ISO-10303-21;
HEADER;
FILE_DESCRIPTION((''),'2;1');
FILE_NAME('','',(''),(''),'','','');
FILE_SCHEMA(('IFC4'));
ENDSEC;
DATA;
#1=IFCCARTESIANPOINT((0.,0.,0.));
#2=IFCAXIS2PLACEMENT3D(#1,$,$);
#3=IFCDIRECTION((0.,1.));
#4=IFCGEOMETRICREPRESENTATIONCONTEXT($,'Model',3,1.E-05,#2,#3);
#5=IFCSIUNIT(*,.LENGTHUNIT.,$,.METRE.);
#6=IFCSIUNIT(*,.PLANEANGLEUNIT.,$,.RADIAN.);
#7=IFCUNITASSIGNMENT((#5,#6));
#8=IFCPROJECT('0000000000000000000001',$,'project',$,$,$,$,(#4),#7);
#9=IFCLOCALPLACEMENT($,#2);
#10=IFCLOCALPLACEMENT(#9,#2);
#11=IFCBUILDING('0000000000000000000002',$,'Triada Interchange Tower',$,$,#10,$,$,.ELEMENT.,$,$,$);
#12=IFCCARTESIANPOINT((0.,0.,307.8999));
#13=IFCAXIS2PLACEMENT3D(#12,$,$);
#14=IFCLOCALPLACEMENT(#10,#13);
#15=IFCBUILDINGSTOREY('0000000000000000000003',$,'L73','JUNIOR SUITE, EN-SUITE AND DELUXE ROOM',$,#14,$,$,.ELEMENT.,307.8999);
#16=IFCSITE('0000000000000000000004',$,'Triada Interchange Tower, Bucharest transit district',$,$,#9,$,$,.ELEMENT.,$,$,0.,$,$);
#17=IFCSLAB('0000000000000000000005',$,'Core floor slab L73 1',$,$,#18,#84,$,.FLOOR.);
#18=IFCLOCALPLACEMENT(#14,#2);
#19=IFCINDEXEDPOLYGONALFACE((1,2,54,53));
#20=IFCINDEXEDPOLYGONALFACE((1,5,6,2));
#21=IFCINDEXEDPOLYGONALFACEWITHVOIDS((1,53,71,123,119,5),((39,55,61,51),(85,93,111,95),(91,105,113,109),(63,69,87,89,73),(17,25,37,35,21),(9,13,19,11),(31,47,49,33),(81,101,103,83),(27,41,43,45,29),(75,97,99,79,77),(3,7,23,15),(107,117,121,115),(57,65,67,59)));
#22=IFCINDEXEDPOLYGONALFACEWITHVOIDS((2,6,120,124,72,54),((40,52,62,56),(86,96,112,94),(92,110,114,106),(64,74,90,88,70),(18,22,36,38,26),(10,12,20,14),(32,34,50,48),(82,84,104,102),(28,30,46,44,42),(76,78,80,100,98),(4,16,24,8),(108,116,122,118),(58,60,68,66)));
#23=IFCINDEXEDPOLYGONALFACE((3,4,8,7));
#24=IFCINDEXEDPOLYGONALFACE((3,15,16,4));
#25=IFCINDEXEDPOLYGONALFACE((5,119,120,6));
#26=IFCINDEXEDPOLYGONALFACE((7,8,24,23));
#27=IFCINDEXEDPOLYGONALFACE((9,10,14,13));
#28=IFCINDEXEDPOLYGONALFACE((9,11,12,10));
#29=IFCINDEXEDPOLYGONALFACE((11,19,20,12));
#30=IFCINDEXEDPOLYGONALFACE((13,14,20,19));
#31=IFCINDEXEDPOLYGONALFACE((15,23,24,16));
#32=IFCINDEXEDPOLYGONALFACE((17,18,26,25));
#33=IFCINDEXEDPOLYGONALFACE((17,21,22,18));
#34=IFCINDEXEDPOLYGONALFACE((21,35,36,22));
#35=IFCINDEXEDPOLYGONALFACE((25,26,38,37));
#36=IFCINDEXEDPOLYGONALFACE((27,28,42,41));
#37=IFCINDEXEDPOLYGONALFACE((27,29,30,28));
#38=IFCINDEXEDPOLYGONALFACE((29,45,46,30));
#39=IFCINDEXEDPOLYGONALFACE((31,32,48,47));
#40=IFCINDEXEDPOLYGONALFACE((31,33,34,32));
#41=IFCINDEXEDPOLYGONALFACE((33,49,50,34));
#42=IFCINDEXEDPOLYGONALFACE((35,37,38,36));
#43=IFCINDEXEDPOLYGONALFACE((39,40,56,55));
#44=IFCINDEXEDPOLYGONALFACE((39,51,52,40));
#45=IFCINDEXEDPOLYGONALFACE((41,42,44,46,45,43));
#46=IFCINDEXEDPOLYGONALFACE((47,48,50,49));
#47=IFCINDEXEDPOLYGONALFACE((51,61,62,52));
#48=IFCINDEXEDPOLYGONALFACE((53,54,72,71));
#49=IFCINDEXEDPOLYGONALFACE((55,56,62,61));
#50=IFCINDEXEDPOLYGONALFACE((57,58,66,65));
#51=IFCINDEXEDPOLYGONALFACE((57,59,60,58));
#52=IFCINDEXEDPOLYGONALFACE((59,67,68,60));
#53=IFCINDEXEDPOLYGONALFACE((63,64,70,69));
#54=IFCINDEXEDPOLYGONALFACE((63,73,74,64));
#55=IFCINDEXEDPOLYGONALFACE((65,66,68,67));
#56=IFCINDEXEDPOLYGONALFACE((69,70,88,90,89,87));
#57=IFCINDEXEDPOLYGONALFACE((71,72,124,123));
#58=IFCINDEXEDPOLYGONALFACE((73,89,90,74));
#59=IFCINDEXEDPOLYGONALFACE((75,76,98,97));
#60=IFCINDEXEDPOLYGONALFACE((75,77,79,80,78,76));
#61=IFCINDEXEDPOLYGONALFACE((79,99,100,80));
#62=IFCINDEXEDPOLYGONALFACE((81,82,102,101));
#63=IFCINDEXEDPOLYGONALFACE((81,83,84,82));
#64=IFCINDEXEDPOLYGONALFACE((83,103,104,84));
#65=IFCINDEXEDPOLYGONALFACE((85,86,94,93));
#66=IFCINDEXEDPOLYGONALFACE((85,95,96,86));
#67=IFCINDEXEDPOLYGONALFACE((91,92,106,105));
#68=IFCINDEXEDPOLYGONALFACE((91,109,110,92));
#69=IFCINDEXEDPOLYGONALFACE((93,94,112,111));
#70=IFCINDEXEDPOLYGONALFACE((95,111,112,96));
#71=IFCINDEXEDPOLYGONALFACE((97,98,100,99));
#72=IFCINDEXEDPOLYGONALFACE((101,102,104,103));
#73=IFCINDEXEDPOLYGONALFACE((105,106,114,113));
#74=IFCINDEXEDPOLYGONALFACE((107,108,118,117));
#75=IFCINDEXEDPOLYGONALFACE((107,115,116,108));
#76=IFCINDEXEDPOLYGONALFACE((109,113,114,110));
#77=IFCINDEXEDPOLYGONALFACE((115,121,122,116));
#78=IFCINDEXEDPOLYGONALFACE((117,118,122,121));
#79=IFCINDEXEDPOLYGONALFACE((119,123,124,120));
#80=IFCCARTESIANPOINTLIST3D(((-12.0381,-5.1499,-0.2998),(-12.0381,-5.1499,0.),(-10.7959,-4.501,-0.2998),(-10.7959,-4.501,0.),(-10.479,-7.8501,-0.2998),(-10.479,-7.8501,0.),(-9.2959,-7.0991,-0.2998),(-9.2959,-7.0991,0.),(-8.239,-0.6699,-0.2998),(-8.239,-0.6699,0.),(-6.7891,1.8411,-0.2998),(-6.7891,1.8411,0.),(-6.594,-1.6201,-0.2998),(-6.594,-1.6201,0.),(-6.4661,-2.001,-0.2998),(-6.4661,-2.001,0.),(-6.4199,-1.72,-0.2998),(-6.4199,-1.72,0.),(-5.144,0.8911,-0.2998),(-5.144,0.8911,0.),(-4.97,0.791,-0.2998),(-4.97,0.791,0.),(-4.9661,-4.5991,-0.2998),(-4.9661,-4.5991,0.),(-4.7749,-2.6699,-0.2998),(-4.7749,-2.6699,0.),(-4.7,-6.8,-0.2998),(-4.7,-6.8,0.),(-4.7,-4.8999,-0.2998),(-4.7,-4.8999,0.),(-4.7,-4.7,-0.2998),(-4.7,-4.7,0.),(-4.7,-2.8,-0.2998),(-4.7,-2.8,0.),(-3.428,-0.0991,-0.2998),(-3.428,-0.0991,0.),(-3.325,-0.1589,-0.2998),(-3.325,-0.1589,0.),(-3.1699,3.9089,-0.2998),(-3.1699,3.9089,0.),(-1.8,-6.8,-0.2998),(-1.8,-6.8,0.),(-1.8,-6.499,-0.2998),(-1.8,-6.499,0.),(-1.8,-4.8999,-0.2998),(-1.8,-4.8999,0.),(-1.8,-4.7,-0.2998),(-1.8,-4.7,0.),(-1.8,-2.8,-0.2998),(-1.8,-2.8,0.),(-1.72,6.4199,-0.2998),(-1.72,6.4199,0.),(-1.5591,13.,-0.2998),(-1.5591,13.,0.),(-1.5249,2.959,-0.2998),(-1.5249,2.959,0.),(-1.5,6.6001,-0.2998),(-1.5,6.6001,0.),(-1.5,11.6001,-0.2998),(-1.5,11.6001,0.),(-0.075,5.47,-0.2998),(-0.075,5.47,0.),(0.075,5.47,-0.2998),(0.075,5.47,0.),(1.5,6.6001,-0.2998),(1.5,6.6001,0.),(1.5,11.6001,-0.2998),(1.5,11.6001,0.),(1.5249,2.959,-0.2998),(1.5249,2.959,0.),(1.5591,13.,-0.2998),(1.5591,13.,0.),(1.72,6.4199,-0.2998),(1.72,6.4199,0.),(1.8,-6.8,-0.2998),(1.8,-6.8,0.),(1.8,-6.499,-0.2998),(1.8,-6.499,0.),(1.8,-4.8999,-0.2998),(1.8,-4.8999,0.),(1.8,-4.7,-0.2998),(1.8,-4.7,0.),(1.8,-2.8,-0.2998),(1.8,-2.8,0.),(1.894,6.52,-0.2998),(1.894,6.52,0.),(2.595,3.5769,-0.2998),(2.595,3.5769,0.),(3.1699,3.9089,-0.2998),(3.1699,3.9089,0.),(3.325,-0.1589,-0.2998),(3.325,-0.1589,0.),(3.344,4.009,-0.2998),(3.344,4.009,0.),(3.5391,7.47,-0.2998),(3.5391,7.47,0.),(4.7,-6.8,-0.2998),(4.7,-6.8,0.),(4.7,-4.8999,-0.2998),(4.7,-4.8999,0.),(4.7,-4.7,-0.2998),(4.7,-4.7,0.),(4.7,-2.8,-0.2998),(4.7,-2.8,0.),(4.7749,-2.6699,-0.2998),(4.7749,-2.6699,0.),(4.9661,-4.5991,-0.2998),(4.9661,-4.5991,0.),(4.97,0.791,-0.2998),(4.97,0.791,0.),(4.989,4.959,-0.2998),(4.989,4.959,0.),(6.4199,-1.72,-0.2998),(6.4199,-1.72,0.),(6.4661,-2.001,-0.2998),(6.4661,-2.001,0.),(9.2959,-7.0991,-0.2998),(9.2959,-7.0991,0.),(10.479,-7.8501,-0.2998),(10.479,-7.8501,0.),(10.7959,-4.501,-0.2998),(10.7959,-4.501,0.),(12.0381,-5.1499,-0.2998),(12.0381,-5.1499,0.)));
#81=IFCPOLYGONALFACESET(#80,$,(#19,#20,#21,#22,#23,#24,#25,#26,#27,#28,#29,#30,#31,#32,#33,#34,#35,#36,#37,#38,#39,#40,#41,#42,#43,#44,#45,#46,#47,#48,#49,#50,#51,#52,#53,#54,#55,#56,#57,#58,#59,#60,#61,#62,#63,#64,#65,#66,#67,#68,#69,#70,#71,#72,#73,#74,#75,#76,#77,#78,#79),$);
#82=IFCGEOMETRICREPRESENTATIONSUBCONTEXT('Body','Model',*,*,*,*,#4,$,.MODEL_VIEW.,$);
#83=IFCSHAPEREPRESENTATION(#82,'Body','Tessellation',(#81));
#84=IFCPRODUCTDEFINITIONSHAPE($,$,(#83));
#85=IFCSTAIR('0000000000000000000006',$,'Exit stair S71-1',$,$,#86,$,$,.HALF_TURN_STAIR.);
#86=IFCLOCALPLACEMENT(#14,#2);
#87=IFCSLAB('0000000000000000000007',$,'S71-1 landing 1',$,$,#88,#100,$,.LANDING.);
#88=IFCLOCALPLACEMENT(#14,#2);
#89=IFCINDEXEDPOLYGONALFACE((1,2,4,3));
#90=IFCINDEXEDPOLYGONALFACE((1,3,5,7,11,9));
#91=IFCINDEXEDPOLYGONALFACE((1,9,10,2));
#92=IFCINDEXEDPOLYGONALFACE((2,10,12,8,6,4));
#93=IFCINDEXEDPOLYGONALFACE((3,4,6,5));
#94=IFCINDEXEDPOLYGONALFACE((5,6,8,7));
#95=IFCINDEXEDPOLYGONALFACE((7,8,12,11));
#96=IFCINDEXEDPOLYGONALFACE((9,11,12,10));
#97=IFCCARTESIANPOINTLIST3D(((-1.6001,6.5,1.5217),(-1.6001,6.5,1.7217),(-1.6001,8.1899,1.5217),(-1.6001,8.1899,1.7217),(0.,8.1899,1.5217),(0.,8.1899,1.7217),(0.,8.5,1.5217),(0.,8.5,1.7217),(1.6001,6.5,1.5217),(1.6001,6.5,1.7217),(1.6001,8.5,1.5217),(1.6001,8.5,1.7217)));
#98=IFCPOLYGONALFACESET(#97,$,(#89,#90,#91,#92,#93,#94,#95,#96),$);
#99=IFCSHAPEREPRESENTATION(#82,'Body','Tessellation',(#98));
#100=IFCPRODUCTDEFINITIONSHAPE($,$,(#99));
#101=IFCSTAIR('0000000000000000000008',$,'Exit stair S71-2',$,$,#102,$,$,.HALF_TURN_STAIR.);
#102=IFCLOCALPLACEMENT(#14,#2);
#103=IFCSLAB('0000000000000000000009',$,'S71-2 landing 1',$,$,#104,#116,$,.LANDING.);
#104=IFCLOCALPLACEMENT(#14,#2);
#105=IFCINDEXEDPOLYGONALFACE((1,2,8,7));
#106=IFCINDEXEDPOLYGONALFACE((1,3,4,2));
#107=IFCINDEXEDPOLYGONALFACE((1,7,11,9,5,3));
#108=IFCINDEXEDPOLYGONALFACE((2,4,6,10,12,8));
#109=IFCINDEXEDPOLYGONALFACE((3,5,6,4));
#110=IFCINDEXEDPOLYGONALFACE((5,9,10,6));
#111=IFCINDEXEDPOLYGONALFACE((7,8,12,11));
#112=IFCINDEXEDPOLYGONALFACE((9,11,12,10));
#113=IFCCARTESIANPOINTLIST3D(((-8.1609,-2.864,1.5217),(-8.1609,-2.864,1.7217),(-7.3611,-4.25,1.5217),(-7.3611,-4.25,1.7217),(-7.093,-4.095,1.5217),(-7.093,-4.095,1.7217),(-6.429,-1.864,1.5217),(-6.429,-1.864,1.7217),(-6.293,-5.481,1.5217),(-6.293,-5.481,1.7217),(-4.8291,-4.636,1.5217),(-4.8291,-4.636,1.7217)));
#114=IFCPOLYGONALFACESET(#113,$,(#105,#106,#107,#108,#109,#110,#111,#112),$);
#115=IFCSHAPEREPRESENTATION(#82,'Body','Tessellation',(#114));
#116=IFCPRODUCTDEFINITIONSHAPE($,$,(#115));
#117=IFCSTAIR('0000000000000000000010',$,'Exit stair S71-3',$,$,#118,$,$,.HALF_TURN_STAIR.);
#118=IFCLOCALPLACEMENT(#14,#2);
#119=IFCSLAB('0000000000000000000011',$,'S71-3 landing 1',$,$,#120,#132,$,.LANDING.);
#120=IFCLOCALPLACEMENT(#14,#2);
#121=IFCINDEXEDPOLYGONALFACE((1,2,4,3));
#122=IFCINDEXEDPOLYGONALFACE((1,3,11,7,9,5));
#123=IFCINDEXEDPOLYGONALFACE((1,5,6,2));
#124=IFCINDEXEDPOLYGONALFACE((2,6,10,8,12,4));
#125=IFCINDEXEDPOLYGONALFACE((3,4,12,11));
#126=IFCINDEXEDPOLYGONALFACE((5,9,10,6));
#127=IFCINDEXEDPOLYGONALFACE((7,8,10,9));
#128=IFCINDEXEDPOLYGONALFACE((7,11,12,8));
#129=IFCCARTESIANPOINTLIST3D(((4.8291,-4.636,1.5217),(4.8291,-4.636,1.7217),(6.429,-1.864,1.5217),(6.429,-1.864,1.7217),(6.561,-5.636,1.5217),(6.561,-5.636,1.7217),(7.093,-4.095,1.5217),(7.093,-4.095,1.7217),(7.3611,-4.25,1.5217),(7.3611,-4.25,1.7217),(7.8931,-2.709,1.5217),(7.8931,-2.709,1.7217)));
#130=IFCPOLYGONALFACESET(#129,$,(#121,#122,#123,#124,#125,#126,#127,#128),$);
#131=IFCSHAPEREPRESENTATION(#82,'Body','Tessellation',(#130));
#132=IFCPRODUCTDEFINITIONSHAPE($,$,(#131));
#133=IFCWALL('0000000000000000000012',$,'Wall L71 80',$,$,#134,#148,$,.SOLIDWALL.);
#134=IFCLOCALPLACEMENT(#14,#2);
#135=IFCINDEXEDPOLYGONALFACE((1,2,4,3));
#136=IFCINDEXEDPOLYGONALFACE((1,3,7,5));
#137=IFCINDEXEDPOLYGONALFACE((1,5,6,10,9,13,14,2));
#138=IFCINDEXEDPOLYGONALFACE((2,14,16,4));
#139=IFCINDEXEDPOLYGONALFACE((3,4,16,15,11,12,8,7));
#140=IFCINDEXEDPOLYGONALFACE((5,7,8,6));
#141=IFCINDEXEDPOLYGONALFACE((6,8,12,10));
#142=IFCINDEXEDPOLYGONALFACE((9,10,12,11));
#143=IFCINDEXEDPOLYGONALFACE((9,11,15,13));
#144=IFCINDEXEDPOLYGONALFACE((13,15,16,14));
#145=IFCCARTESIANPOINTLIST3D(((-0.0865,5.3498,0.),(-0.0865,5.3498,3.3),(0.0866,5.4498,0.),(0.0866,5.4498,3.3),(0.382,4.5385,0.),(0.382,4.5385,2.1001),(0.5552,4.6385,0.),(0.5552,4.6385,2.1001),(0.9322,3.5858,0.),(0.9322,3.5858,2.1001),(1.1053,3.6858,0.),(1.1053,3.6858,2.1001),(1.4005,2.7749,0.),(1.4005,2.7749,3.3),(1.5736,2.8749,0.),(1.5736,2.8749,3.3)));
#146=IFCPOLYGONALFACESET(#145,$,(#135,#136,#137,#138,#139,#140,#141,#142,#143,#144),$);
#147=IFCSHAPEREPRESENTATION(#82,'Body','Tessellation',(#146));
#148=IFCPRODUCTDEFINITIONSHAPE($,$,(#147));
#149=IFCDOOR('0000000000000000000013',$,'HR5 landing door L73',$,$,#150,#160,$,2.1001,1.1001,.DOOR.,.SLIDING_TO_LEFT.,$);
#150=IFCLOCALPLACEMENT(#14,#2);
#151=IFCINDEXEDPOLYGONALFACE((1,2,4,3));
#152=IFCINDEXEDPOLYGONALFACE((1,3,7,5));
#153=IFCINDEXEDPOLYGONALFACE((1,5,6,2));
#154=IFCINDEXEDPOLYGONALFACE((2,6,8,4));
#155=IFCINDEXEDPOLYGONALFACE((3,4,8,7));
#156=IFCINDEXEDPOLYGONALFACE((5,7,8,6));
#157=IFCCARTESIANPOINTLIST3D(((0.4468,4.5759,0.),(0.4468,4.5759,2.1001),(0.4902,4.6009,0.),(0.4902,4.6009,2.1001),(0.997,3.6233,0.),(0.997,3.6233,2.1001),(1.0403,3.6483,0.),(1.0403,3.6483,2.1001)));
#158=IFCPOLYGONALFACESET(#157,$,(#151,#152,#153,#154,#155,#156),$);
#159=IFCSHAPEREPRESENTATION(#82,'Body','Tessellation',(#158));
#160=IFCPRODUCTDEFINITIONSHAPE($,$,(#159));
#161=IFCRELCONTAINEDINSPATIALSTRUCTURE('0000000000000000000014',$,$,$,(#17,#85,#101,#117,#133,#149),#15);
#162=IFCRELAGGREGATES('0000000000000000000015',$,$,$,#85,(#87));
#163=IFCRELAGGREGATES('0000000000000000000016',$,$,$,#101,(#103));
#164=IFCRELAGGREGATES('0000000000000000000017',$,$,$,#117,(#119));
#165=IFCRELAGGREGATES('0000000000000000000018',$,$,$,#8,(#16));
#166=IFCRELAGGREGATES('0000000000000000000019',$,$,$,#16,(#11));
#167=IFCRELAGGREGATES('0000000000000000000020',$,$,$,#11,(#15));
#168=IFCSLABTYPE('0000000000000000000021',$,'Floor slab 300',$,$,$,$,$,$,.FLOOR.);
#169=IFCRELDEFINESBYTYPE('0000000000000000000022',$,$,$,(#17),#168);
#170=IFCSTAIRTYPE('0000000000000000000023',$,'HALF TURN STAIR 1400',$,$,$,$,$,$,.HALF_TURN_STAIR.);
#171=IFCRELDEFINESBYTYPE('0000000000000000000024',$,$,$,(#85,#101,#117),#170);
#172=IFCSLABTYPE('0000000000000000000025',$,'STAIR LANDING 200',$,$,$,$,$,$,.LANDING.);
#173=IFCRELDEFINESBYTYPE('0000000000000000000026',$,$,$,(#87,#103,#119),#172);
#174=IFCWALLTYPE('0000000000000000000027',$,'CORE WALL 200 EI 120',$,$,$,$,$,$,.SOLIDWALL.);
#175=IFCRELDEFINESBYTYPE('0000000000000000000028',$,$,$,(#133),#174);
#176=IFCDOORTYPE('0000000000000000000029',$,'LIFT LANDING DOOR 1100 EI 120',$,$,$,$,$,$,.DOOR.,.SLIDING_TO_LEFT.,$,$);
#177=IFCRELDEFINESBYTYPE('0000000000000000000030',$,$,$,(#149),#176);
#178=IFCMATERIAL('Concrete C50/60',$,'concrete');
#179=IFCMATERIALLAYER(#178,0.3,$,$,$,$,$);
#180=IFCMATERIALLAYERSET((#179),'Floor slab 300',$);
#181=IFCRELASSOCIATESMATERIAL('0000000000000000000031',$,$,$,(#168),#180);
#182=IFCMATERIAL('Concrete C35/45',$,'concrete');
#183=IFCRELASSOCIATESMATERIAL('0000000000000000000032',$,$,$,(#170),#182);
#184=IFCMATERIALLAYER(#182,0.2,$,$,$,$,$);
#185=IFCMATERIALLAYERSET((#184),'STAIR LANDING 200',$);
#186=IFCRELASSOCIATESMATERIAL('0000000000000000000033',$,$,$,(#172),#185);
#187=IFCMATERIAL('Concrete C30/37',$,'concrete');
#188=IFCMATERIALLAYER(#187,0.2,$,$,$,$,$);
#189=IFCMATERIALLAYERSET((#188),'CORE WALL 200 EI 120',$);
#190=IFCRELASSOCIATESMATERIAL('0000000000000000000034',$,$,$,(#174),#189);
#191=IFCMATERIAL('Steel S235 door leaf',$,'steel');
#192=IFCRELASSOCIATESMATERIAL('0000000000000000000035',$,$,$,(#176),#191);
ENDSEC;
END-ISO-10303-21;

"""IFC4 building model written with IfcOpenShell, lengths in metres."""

from ifc_helpers import new_model, si_unit, direction, frame, frame_2d, origin, place, context, subcontext, project, spatial, polyline, rectangle, outline, extrude, material, layer, layer_set, type_object, element, fill, aggregate, save


model = new_model("IFC4")

# Units and contexts
model_context = context("Model", 3, precision=1e-05, world=origin(), true_north=direction((0.0, 1.0)))
body_context = subcontext(model_context, "Body", "Model", "MODEL_VIEW")
ifc_project = project(units=[si_unit("LENGTHUNIT", "METRE"), si_unit("PLANEANGLEUNIT", "RADIAN")], contexts=[model_context])

# Site, building, storey
site_placement = place(None, origin())
site = spatial("IfcSite", under=ifc_project, at=site_placement, Name="Triada Interchange Tower, Bucharest transit district", CompositionType="ELEMENT", RefElevation=0.0)
building_placement = place(site_placement, origin())
building = spatial("IfcBuilding", under=site, at=building_placement, Name="Triada Interchange Tower", CompositionType="ELEMENT")
storey_placement = place(building_placement, frame((0.0, 0.0, 307.8999)))
storey = spatial("IfcBuildingStorey", under=building, at=storey_placement, Name="L73", Description="JUNIOR SUITE, EN-SUITE AND DELUXE ROOM", CompositionType="ELEMENT", Elevation=307.8999)

# Slab
ifc_material_1 = material(Name="Concrete C50/60", Category="concrete")
ifc_layer_1 = layer(ifc_material_1, 0.3)
ifc_layer_set_1 = layer_set([ifc_layer_1], Name="Floor slab 300")
slab_type_1 = type_object("IfcSlabType", Name="Floor slab 300", PredefinedType="FLOOR", material=ifc_layer_set_1)
slab_1_placement = place(storey_placement, frame((0.0, 0.0, -0.2998)))
element("IfcSlab", 1, at=slab_1_placement, inside=storey, type_object=slab_type_1, Name="Core floor slab L73 1", PredefinedType="FLOOR", context=body_context, shape_type="SweptSolid", body=[
    extrude(outline(polyline([(12.0381, -5.1499), (10.479, -7.8501), (-10.479, -7.8501), (-12.0381, -5.1499), (-1.5591, 13.0), (1.5591, 13.0), (12.0381, -5.1499)]), holes=[polyline([(9.2959, -7.0991), (10.7959, -4.501), (6.4661, -2.001), (4.9661, -4.5991), (9.2959, -7.0991)]), polyline([(4.97, 0.791), (3.325, -0.1589), (4.7749, -2.6699), (6.4199, -1.72), (4.97, 0.791)]), polyline([(1.894, 6.52), (3.344, 4.009), (4.989, 4.959), (3.5391, 7.47), (1.894, 6.52)]), polyline([(1.8, -4.8999), (1.8, -6.499), (1.8, -6.8), (4.7, -6.8), (4.7, -4.8999), (1.8, -4.8999)]), polyline([(4.7, -2.8), (1.8, -2.8), (1.8, -4.7), (4.7, -4.7), (4.7, -2.8)]), polyline([(1.5249, 2.959), (2.595, 3.5769), (3.1699, 3.9089), (1.72, 6.4199), (0.075, 5.47), (1.5249, 2.959)]), polyline([(-1.5, 11.6001), (-1.5, 6.6001), (1.5, 6.6001), (1.5, 11.6001), (-1.5, 11.6001)]), polyline([(-1.5249, 2.959), (-0.075, 5.47), (-1.72, 6.4199), (-3.1699, 3.9089), (-1.5249, 2.959)]), polyline([(-1.8, -2.8), (-4.7, -2.8), (-4.7, -4.7), (-1.8, -4.7), (-1.8, -2.8)]), polyline([(-4.7, -6.8), (-1.8, -6.8), (-1.8, -6.499), (-1.8, -4.8999), (-4.7, -4.8999), (-4.7, -6.8)]), polyline([(-3.428, -0.0991), (-4.97, 0.791), (-6.4199, -1.72), (-4.7749, -2.6699), (-3.325, -0.1589), (-3.428, -0.0991)]), polyline([(-10.7959, -4.501), (-9.2959, -7.0991), (-4.9661, -4.5991), (-6.4661, -2.001), (-10.7959, -4.501)]), polyline([(-6.594, -1.6201), (-5.144, 0.8911), (-6.7891, 1.8411), (-8.239, -0.6699), (-6.594, -1.6201)])]), origin(), (0.0, 0.0, 1.0), 0.2998),
])

# Stairs, slabs
ifc_material_2 = material(Name="Concrete C35/45", Category="concrete")
stair_type = type_object("IfcStairType", Name="HALF TURN STAIR 1400", PredefinedType="HALF_TURN_STAIR", material=ifc_material_2)
stair_1_placement = place(storey_placement, origin())
stair_1 = element("IfcStair", 2, at=stair_1_placement, inside=storey, type_object=stair_type, Name="Exit stair S71-1", PredefinedType="HALF_TURN_STAIR")
ifc_layer_2 = layer(ifc_material_2, 0.2)
ifc_layer_set_2 = layer_set([ifc_layer_2], Name="STAIR LANDING 200")
slab_type_2 = type_object("IfcSlabType", Name="STAIR LANDING 200", PredefinedType="LANDING", material=ifc_layer_set_2)
slab_2_placement = place(storey_placement, frame((0.0, 0.0, 1.5217)))
slab_2 = element("IfcSlab", 3, at=slab_2_placement, type_object=slab_type_2, Name="S71-1 landing 1", PredefinedType="LANDING", context=body_context, shape_type="SweptSolid", body=[
    extrude(outline(polyline([(1.6001, 6.5), (1.6001, 8.5), (0.0, 8.5), (0.0, 8.1899), (-1.6001, 8.1899), (-1.6001, 6.5), (1.6001, 6.5)])), origin(), (0.0, 0.0, 1.0), 0.2),
])
aggregate(stair_1, [slab_2])
stair_2_placement = place(storey_placement, origin())
stair_2 = element("IfcStair", 4, at=stair_2_placement, inside=storey, type_object=stair_type, Name="Exit stair S71-2", PredefinedType="HALF_TURN_STAIR")
slab_3_placement = place(storey_placement, frame((0.0, 0.0, 1.5217)))
slab_3 = element("IfcSlab", 5, at=slab_3_placement, type_object=slab_type_2, Name="S71-2 landing 1", PredefinedType="LANDING", context=body_context, shape_type="SweptSolid", body=[
    extrude(outline(polyline([(-6.429, -1.864), (-8.1609, -2.864), (-7.3611, -4.25), (-7.093, -4.095), (-6.293, -5.481), (-4.8291, -4.636), (-6.429, -1.864)])), origin(), (0.0, 0.0, 1.0), 0.2),
])
aggregate(stair_2, [slab_3])
stair_3_placement = place(storey_placement, origin())
stair_3 = element("IfcStair", 6, at=stair_3_placement, inside=storey, type_object=stair_type, Name="Exit stair S71-3", PredefinedType="HALF_TURN_STAIR")
slab_4_placement = place(storey_placement, frame((0.0, 0.0, 1.5217)))
slab_4 = element("IfcSlab", 7, at=slab_4_placement, type_object=slab_type_2, Name="S71-3 landing 1", PredefinedType="LANDING", context=body_context, shape_type="SweptSolid", body=[
    extrude(outline(polyline([(4.8291, -4.636), (6.561, -5.636), (7.3611, -4.25), (7.093, -4.095), (7.8931, -2.709), (6.429, -1.864), (4.8291, -4.636)])), origin(), (0.0, 0.0, 1.0), 0.2),
])
aggregate(stair_3, [slab_4])

# Wall, opening, door
ifc_material_3 = material(Name="Concrete C30/37", Category="concrete")
ifc_layer_3 = layer(ifc_material_3, 0.2)
ifc_layer_set_3 = layer_set([ifc_layer_3], Name="CORE WALL 200 EI 120")
wall_type_1 = type_object("IfcWallType", Name="CORE WALL 200 EI 120", PredefinedType="SOLIDWALL", material=ifc_layer_set_3)
wall_1_placement = place(storey_placement, frame((0.0, 5.3999, 0.0), z_axis=(0.0, 0.0, 1.0), x_axis=(0.500104, -0.865965, 0.0)))
wall_1 = element("IfcWall", 8, at=wall_1_placement, inside=storey, type_object=wall_type_1, Name="Wall L71 80", PredefinedType="SOLIDWALL", context=body_context, shape_type="SweptSolid", body=[
    extrude(rectangle(XDim=2.9734, YDim=0.2, at=frame_2d((1.4868, 0.0))), origin(), (0.0, 0.0, 1.0), 3.3),
])
opening_1_placement = place(wall_1_placement, frame((0.937, 0.0, 0.0)))
opening_1 = element("IfcOpeningElement", 9, at=opening_1_placement, cuts=wall_1, PredefinedType="OPENING", context=body_context, shape_type="SweptSolid", body=[
    extrude(rectangle(XDim=1.1001, YDim=2.1001, at=frame_2d((0.55, 1.05))), frame((0.0, 0.1099, 0.0), z_axis=(0.0, -1.0, 0.0), x_axis=(1.0, 0.0, 0.0)), (0.0, 0.0, 1.0), 0.22),
])
ifc_material_4 = material(Name="Steel S235 door leaf", Category="steel")
door_type = type_object("IfcDoorType", Name="LIFT LANDING DOOR 1100 EI 120", OperationType="SLIDING_TO_LEFT", PredefinedType="DOOR", material=ifc_material_4)
door_1_placement = place(opening_1_placement, origin())
door_1 = element("IfcDoor", 10, at=door_1_placement, inside=storey, type_object=door_type, Name="HR5 landing door L73", OperationType="SLIDING_TO_LEFT", OverallHeight=2.1001, OverallWidth=1.1001, PredefinedType="DOOR", context=body_context, shape_type="SweptSolid", body=[
    extrude(rectangle(XDim=1.1001, YDim=2.1001, at=frame_2d((0.55, 1.05))), frame((0.0, 0.0249, 0.0), z_axis=(0.0, -1.0, 0.0), x_axis=(1.0, 0.0, 0.0)), (0.0, 0.0, 1.0), 0.05),
])
fill(opening_1, door_1)

save(model, "model.ifc")
